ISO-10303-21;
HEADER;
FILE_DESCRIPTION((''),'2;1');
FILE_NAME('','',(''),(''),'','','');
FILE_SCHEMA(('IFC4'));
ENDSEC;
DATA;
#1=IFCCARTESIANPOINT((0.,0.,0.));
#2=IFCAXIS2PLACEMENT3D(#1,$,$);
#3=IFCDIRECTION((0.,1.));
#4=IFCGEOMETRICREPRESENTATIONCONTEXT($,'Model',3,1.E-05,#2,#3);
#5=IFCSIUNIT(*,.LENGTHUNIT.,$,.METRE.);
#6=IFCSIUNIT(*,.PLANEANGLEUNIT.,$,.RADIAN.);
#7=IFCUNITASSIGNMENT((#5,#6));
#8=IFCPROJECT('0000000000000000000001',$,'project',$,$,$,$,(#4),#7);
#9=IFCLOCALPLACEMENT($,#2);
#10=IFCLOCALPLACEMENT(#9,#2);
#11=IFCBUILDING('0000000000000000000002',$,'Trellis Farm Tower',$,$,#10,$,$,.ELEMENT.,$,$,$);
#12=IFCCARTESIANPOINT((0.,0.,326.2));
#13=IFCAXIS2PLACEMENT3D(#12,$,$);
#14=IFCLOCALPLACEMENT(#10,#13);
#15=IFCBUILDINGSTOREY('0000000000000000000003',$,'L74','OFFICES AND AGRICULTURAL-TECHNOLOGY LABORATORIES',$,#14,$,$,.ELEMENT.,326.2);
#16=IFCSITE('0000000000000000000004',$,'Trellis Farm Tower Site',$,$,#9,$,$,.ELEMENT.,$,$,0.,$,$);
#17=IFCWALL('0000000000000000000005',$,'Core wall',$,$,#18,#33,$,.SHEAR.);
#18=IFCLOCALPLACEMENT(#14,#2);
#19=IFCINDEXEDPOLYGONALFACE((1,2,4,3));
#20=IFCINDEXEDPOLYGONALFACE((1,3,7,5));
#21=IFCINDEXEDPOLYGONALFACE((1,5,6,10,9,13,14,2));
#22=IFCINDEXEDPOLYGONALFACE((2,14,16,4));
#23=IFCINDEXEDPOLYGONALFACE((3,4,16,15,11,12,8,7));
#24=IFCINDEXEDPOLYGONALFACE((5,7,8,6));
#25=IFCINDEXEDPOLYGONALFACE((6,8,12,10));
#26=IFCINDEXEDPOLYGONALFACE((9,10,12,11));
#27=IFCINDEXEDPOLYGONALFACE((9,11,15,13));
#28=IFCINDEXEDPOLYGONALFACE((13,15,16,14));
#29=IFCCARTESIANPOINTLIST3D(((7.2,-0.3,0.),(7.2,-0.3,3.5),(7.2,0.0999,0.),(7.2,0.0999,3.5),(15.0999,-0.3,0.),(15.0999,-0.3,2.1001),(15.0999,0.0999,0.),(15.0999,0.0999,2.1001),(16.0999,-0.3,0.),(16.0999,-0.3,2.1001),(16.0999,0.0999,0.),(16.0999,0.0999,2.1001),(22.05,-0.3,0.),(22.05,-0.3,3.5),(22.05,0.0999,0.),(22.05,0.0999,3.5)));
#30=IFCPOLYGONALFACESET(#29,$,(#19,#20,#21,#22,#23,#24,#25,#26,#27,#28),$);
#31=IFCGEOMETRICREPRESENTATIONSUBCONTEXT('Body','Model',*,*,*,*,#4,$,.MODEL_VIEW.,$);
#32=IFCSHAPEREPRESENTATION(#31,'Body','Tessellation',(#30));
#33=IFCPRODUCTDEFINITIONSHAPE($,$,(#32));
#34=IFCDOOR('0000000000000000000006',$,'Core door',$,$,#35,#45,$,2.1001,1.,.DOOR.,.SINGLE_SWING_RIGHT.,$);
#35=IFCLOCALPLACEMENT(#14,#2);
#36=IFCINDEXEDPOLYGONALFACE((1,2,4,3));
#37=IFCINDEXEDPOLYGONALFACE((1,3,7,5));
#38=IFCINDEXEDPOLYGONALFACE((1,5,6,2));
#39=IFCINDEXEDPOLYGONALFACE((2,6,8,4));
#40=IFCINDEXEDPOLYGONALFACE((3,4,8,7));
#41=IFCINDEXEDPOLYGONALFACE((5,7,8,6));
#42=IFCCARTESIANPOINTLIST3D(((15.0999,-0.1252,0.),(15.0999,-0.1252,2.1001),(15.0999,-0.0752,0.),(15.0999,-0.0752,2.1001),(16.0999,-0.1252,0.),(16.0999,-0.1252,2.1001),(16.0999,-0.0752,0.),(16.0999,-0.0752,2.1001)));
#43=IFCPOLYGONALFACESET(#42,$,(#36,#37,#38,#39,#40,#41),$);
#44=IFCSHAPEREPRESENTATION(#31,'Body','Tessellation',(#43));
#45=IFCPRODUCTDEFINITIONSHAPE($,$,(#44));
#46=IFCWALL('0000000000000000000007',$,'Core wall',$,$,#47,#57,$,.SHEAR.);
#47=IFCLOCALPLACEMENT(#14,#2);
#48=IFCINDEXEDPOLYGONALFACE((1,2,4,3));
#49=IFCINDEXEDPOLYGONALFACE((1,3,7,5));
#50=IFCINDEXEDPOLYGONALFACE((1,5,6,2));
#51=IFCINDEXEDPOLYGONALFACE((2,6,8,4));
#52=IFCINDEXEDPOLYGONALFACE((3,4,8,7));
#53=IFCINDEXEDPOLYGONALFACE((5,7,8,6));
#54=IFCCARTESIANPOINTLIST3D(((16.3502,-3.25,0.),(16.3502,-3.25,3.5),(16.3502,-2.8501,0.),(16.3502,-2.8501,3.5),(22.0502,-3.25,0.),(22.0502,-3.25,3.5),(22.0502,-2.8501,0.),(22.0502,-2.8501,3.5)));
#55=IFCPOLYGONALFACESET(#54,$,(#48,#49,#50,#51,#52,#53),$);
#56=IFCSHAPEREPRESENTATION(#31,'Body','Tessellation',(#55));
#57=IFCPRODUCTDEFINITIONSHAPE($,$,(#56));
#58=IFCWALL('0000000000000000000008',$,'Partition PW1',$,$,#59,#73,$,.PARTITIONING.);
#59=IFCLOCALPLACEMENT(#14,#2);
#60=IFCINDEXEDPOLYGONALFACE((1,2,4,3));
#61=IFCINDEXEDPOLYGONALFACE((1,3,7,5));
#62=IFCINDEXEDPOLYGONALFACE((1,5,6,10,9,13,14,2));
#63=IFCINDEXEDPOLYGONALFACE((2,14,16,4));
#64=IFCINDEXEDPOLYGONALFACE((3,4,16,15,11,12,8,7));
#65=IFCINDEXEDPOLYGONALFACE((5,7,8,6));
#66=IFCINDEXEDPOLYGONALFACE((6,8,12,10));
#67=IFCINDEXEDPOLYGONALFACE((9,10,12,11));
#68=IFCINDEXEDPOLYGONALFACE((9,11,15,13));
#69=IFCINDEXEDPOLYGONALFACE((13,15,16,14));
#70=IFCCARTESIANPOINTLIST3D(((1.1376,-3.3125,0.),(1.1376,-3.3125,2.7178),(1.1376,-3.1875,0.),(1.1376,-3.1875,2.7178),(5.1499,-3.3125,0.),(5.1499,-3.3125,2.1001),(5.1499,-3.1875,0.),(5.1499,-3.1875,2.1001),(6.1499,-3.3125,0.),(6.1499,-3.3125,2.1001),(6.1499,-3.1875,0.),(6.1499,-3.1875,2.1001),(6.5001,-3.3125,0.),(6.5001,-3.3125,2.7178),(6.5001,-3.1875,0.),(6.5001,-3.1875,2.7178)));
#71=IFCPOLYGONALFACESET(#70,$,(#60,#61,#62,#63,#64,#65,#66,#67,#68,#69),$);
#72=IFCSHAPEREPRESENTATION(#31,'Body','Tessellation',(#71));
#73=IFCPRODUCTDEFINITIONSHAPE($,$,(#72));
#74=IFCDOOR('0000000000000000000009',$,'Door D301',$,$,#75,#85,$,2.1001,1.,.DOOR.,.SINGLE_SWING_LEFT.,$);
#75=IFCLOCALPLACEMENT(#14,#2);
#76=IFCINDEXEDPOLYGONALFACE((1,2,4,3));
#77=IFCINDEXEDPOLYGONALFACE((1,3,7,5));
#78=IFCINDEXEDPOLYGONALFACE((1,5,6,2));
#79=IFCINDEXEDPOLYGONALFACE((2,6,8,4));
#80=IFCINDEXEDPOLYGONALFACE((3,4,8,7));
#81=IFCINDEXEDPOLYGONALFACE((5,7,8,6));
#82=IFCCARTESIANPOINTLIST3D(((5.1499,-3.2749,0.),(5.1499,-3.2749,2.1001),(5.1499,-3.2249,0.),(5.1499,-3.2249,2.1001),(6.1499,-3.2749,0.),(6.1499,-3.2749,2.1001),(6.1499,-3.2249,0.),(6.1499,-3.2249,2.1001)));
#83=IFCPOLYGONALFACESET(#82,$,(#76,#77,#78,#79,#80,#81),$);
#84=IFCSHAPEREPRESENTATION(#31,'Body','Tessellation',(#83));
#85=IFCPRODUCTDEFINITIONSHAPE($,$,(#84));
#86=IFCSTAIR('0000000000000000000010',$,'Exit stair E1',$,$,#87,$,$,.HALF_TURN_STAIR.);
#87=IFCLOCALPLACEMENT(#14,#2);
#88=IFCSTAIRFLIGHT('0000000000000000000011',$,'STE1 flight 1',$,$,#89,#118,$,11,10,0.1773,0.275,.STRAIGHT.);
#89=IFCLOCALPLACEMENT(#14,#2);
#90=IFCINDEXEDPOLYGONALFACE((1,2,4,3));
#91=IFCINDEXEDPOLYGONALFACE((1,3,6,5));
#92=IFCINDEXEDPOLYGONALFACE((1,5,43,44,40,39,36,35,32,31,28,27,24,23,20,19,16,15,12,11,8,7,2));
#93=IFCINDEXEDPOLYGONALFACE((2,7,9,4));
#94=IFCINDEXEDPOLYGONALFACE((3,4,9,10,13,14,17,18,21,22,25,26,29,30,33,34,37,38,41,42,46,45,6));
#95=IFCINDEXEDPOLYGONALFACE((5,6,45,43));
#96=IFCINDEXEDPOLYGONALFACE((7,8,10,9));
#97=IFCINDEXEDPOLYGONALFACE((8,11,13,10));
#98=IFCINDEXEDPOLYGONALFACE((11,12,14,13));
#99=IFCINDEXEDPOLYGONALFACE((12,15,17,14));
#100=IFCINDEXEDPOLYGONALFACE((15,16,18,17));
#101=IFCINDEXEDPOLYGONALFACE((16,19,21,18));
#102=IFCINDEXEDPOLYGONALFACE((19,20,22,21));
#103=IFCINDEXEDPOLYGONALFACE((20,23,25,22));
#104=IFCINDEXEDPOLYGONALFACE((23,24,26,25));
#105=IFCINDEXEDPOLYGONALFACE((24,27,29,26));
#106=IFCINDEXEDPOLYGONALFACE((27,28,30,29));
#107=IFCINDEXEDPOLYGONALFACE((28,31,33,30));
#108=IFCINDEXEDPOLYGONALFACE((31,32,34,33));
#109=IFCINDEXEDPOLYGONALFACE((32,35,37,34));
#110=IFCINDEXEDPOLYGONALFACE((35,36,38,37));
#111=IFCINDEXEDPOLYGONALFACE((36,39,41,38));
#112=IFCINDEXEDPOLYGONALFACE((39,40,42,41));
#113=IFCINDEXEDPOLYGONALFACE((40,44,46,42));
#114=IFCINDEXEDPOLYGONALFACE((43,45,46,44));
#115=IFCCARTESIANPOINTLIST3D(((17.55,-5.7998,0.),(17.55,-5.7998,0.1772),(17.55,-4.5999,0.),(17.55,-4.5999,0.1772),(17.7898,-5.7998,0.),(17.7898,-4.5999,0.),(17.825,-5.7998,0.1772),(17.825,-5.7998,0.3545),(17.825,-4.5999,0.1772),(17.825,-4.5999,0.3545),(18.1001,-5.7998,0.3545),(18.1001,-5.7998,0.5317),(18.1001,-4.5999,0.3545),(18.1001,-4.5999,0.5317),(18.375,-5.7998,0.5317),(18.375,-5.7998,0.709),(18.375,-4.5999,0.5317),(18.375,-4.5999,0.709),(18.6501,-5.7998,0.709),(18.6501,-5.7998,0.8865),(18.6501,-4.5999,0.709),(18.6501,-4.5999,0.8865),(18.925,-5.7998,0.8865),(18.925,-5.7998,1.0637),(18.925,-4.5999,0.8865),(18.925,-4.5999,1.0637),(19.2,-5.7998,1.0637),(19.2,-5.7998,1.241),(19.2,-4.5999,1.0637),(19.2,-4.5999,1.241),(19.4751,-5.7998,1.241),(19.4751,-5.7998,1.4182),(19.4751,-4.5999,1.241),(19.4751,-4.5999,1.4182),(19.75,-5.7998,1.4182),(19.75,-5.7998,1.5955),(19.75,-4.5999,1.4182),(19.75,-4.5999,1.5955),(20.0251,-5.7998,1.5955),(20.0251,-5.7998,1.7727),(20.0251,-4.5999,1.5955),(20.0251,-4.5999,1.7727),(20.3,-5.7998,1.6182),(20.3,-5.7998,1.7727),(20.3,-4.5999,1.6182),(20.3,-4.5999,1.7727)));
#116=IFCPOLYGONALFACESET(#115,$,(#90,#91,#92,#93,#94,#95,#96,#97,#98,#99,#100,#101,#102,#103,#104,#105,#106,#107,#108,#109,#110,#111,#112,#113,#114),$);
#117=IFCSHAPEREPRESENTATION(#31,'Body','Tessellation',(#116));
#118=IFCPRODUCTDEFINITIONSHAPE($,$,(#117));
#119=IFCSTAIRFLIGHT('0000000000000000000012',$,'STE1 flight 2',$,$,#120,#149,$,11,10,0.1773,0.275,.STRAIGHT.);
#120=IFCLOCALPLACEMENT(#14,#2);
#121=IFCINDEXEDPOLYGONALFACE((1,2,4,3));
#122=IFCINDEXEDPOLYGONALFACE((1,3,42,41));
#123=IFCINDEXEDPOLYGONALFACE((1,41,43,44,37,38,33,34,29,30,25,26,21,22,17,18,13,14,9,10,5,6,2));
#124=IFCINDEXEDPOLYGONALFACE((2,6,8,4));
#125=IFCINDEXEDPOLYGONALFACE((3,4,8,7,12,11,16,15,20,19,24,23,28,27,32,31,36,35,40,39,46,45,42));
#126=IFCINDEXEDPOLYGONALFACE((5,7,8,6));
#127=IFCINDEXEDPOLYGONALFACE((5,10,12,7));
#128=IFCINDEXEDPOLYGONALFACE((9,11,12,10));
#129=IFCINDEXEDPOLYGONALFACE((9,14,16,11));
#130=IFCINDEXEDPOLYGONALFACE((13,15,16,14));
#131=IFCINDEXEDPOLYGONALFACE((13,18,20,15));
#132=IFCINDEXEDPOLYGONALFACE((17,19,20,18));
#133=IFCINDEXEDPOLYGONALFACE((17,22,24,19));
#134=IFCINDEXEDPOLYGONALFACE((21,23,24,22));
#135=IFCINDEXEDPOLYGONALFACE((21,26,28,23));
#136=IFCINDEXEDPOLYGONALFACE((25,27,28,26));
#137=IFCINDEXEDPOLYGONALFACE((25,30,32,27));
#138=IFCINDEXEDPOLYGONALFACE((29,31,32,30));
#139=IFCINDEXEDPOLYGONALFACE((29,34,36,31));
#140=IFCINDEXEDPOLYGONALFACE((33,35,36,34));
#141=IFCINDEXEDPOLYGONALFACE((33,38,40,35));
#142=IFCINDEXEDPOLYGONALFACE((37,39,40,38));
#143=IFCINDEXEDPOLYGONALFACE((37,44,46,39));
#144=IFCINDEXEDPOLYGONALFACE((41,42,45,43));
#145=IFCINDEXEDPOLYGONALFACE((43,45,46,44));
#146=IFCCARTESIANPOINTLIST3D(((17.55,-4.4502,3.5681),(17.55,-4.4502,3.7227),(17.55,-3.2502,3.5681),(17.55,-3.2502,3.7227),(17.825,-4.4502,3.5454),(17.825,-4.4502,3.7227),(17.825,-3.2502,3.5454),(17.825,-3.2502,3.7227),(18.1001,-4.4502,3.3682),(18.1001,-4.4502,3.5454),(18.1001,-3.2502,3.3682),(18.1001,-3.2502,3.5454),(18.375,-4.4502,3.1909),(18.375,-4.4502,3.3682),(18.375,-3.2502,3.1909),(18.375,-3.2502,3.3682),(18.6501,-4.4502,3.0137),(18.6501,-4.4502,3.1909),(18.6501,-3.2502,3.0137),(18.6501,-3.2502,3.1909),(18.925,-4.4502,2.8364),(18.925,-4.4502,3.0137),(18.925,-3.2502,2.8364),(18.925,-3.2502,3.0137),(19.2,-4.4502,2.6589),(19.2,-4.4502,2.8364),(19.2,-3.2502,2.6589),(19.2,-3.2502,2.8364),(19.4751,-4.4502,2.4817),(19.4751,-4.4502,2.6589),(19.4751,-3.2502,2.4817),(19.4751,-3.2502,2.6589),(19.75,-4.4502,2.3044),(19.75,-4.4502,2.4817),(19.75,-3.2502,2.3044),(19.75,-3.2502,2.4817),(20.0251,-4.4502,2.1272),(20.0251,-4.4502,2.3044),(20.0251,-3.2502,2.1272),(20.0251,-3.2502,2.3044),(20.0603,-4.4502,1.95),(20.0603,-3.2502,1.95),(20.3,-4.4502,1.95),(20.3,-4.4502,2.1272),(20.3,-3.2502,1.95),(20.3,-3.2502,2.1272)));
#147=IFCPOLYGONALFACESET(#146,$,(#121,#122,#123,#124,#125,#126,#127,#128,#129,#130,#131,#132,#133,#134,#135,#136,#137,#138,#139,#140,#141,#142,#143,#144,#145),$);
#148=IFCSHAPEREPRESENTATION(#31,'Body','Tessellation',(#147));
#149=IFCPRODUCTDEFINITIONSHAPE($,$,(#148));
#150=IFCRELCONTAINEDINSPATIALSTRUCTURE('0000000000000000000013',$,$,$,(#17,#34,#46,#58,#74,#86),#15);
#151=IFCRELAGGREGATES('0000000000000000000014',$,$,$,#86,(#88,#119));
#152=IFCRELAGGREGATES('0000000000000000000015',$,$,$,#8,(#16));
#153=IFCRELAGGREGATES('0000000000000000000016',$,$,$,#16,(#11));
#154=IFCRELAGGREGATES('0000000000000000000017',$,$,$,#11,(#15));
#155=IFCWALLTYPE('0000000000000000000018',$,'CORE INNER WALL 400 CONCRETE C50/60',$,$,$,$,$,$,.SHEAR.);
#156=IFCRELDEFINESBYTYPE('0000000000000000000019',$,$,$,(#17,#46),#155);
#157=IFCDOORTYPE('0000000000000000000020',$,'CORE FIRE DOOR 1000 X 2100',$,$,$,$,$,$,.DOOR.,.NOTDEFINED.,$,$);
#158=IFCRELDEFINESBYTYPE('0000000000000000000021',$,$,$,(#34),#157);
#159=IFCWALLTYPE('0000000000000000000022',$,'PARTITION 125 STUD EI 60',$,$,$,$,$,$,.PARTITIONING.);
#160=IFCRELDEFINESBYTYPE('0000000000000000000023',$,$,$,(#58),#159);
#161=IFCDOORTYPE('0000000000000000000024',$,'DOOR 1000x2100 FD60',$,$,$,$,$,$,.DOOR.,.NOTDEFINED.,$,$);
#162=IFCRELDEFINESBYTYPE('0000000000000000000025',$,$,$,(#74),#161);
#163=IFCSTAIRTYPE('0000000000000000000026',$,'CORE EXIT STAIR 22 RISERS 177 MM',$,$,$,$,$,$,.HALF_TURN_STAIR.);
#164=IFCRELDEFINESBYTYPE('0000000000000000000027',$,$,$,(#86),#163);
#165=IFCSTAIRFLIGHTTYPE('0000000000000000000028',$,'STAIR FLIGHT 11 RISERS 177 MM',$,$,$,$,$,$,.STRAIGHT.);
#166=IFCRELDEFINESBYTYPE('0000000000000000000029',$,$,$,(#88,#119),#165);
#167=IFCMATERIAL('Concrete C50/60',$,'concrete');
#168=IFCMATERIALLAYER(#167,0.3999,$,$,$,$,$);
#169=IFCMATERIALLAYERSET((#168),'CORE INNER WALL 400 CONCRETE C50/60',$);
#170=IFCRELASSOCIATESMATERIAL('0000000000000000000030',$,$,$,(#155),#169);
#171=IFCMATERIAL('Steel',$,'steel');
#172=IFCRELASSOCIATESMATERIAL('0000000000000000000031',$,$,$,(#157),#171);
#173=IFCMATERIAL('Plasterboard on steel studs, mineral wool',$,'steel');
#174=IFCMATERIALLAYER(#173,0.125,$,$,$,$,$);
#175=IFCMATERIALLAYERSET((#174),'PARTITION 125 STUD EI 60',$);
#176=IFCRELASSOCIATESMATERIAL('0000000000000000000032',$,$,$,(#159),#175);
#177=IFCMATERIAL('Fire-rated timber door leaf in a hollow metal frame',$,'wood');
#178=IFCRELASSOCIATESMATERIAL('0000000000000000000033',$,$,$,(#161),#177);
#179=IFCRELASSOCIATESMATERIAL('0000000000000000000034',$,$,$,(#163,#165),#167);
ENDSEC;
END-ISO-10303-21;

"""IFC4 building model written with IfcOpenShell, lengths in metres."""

from ifc_helpers import new_model, si_unit, direction, frame, frame_2d, origin, place, context, subcontext, project, spatial, polyline, rectangle, outline, extrude, source, transform, mapped, material, layer, layer_set, type_object, element, fill, aggregate, save


model = new_model("IFC4")

# Units and contexts
model_context = context("Model", 3, precision=1e-05, world=origin(), true_north=direction((0.0, 1.0)))
body_context = subcontext(model_context, "Body", "Model", "MODEL_VIEW")
ifc_project = project(units=[si_unit("LENGTHUNIT", "METRE"), si_unit("PLANEANGLEUNIT", "RADIAN")], contexts=[model_context])

# Site, building, storey
site_placement = place(None, origin())
site = spatial("IfcSite", under=ifc_project, at=site_placement, Name="Trellis Farm Tower Site", CompositionType="ELEMENT", RefElevation=0.0)
building_placement = place(site_placement, origin())
building = spatial("IfcBuilding", under=site, at=building_placement, Name="Trellis Farm Tower", CompositionType="ELEMENT")
storey_placement = place(building_placement, frame((0.0, 0.0, 326.2)))
storey = spatial("IfcBuildingStorey", under=building, at=storey_placement, Name="L74", Description="OFFICES AND AGRICULTURAL-TECHNOLOGY LABORATORIES", CompositionType="ELEMENT", Elevation=326.2)

# Shared definitions
placement = place(storey_placement, origin())

# Shared definitions
ifc_material_1 = material(Name="Concrete C50/60", Category="concrete")
ifc_layer_1 = layer(ifc_material_1, 0.3999)
ifc_layer_set_1 = layer_set([ifc_layer_1], Name="CORE INNER WALL 400 CONCRETE C50/60")
wall_type_1 = type_object("IfcWallType", Name="CORE INNER WALL 400 CONCRETE C50/60", PredefinedType="SHEAR", material=ifc_layer_set_1)
shared_shape_1 = source(origin(), body_context, "Body", "SweptSolid", [
    extrude(rectangle(XDim=1.0, YDim=2.1001, at=frame_2d((0.5, 1.05))), frame((0.0, 0.21, 0.0), z_axis=(0.0, -1.0, 0.0), x_axis=(1.0, 0.0, 0.0)), (0.0, 0.0, 1.0), 0.4199),
])
ifc_material_2 = material(Name="Steel", Category="steel")
door_type_1 = type_object("IfcDoorType", Name="CORE FIRE DOOR 1000 X 2100", OperationType="NOTDEFINED", PredefinedType="DOOR", material=ifc_material_2)
shared_shape_2 = source(origin(), body_context, "Body", "SweptSolid", [
    extrude(rectangle(XDim=1.0, YDim=2.1001, at=frame_2d((0.5, 1.05))), frame((0.0, 0.0249, 0.0), z_axis=(0.0, -1.0, 0.0), x_axis=(1.0, 0.0, 0.0)), (0.0, 0.0, 1.0), 0.05),
])

# Wall, opening, door
shared_shape_3 = source(origin(), body_context, "Body", "SweptSolid", [
    extrude(rectangle(XDim=14.8501, YDim=0.3999, at=frame_2d((7.425, 0.0))), origin(), (0.0, 0.0, 1.0), 3.5),
])
wall_1_placement = place(storey_placement, frame((7.2, -0.1001, 0.0), z_axis=(0.0, 0.0, 1.0), x_axis=(1.0, 0.0, 0.0)))
wall_1 = element("IfcWall", 1, at=wall_1_placement, inside=storey, type_object=wall_type_1, Name="Core wall", PredefinedType="SHEAR", context=body_context, shape_type="MappedRepresentation", body=[
    mapped(shared_shape_3, transform((0.0, 0.0, 0.0))),
])
opening_1_placement = place(wall_1_placement, frame((7.8999, 0.0, 0.0)))
opening_1 = element("IfcOpeningElement", 2, at=opening_1_placement, cuts=wall_1, PredefinedType="OPENING", context=body_context, shape_type="MappedRepresentation", body=[
    mapped(shared_shape_1, transform((0.0, 0.0, 0.0))),
])
door_1_placement = place(opening_1_placement, origin())
door_1 = element("IfcDoor", 3, at=door_1_placement, inside=storey, type_object=door_type_1, Name="Core door", OperationType="SINGLE_SWING_RIGHT", OverallHeight=2.1001, OverallWidth=1.0, PredefinedType="DOOR", context=body_context, shape_type="MappedRepresentation", body=[
    mapped(shared_shape_2, transform((0.0, 0.0, 0.0))),
])
fill(opening_1, door_1)

# Wall
shared_shape_4 = source(origin(), body_context, "Body", "SweptSolid", [
    extrude(rectangle(XDim=5.7, YDim=0.3999, at=frame_2d((2.8501, 0.0))), origin(), (0.0, 0.0, 1.0), 3.5),
])
wall_2_placement = place(storey_placement, frame((16.3501, -3.05, 0.0), z_axis=(0.0, 0.0, 1.0), x_axis=(1.0, 0.0, 0.0)))
element("IfcWall", 4, at=wall_2_placement, inside=storey, type_object=wall_type_1, Name="Core wall", PredefinedType="SHEAR", context=body_context, shape_type="MappedRepresentation", body=[
    mapped(shared_shape_4, transform((0.0, 0.0, 0.0))),
])

# Wall, opening, door
ifc_material_3 = material(Name="Plasterboard on steel studs, mineral wool", Category="steel")
ifc_layer_2 = layer(ifc_material_3, 0.125)
ifc_layer_set_2 = layer_set([ifc_layer_2], Name="PARTITION 125 STUD EI 60")
wall_type_2 = type_object("IfcWallType", Name="PARTITION 125 STUD EI 60", PredefinedType="PARTITIONING", material=ifc_layer_set_2)
shared_shape_5 = source(origin(), body_context, "Body", "SweptSolid", [
    extrude(rectangle(XDim=5.3625, YDim=0.125, at=frame_2d((2.6812, 0.0))), origin(), (0.0, 0.0, 1.0), 2.7178),
])
wall_3_placement = place(storey_placement, frame((6.5, -3.25, 0.0), z_axis=(0.0, 0.0, 1.0), x_axis=(-1.0, 0.0, 0.0)))
wall_3 = element("IfcWall", 5, at=wall_3_placement, inside=storey, type_object=wall_type_2, Name="Partition PW1", PredefinedType="PARTITIONING", context=body_context, shape_type="MappedRepresentation", body=[
    mapped(shared_shape_5, transform((0.0, 0.0, 0.0))),
])
shared_shape_6 = source(origin(), body_context, "Body", "SweptSolid", [
    extrude(rectangle(XDim=1.0, YDim=2.1001, at=frame_2d((0.5, 1.05))), frame((0.0, 0.0725, 0.0), z_axis=(0.0, -1.0, 0.0), x_axis=(1.0, 0.0, 0.0)), (0.0, 0.0, 1.0), 0.145),
])
opening_2_placement = place(wall_3_placement, frame((0.3501, 0.0, 0.0)))
opening_2 = element("IfcOpeningElement", 6, at=opening_2_placement, cuts=wall_3, PredefinedType="OPENING", context=body_context, shape_type="MappedRepresentation", body=[
    mapped(shared_shape_6, transform((0.0, 0.0, 0.0))),
])
ifc_material_4 = material(Name="Fire-rated timber door leaf in a hollow metal frame", Category="wood")
door_type_2 = type_object("IfcDoorType", Name="DOOR 1000x2100 FD60", OperationType="NOTDEFINED", PredefinedType="DOOR", material=ifc_material_4)
door_2_placement = place(opening_2_placement, origin())
door_2 = element("IfcDoor", 7, at=door_2_placement, inside=storey, type_object=door_type_2, Name="Door D301", OperationType="SINGLE_SWING_LEFT", OverallHeight=2.1001, OverallWidth=1.0, PredefinedType="DOOR", context=body_context, shape_type="MappedRepresentation", body=[
    mapped(shared_shape_2, transform((0.0, 0.0, 0.0))),
])
fill(opening_2, door_2)

# Stair, stair flights
stair_type = type_object("IfcStairType", Name="CORE EXIT STAIR 22 RISERS 177 MM", PredefinedType="HALF_TURN_STAIR", material=ifc_material_1)
stair_1 = element("IfcStair", 8, at=placement, inside=storey, type_object=stair_type, Name="Exit stair E1", PredefinedType="HALF_TURN_STAIR")
stair_flight_type = type_object("IfcStairFlightType", Name="STAIR FLIGHT 11 RISERS 177 MM", PredefinedType="STRAIGHT", material=ifc_material_1)
shared_shape_7 = source(origin(), body_context, "Body", "SweptSolid", [
    extrude(outline(polyline([(0.0, 0.0), (0.0, 0.1772), (0.2749, 0.1772), (0.2749, 0.3545), (0.55, 0.3545), (0.55, 0.5317), (0.825, 0.5317), (0.825, 0.709), (1.1001, 0.709), (1.1001, 0.8865), (1.375, 0.8865), (1.375, 1.0637), (1.6499, 1.0637), (1.6499, 1.241), (1.925, 1.241), (1.925, 1.4182), (2.2, 1.4182), (2.2, 1.5955), (2.4751, 1.5955), (2.4751, 1.7727), (2.75, 1.7727), (2.75, 1.95), (2.75, 1.6182), (0.2397, 0.0), (0.0, 0.0)])), frame((0.0, 0.6001, 0.0), z_axis=(0.0, -1.0, 0.0), x_axis=(1.0, 0.0, 0.0)), (0.0, 0.0, 1.0), 1.2),
])
stair_flight_1_placement = place(storey_placement, frame((17.55, -5.2, 0.0), z_axis=(0.0, 0.0, 1.0), x_axis=(1.0, 0.0, 0.0)))
stair_flight_1 = element("IfcStairFlight", 9, at=stair_flight_1_placement, type_object=stair_flight_type, Name="STE1 flight 1", NumberOfRisers=11, NumberOfTreads=10, PredefinedType="STRAIGHT", RiserHeight=0.1773, TreadLength=0.275, context=body_context, shape_type="MappedRepresentation", body=[
    mapped(shared_shape_7, transform((0.0, 0.0, 0.0))),
])
stair_flight_2_placement = place(storey_placement, frame((20.3, -3.8501, 1.95), z_axis=(0.0, 0.0, 1.0), x_axis=(-1.0, 0.0, 0.0)))
stair_flight_2 = element("IfcStairFlight", 10, at=stair_flight_2_placement, type_object=stair_flight_type, Name="STE1 flight 2", NumberOfRisers=11, NumberOfTreads=10, PredefinedType="STRAIGHT", RiserHeight=0.1773, TreadLength=0.275, context=body_context, shape_type="MappedRepresentation", body=[
    mapped(shared_shape_7, transform((0.0, 0.0, 0.0))),
])
aggregate(stair_1, [stair_flight_1, stair_flight_2])

save(model, "model.ifc")
